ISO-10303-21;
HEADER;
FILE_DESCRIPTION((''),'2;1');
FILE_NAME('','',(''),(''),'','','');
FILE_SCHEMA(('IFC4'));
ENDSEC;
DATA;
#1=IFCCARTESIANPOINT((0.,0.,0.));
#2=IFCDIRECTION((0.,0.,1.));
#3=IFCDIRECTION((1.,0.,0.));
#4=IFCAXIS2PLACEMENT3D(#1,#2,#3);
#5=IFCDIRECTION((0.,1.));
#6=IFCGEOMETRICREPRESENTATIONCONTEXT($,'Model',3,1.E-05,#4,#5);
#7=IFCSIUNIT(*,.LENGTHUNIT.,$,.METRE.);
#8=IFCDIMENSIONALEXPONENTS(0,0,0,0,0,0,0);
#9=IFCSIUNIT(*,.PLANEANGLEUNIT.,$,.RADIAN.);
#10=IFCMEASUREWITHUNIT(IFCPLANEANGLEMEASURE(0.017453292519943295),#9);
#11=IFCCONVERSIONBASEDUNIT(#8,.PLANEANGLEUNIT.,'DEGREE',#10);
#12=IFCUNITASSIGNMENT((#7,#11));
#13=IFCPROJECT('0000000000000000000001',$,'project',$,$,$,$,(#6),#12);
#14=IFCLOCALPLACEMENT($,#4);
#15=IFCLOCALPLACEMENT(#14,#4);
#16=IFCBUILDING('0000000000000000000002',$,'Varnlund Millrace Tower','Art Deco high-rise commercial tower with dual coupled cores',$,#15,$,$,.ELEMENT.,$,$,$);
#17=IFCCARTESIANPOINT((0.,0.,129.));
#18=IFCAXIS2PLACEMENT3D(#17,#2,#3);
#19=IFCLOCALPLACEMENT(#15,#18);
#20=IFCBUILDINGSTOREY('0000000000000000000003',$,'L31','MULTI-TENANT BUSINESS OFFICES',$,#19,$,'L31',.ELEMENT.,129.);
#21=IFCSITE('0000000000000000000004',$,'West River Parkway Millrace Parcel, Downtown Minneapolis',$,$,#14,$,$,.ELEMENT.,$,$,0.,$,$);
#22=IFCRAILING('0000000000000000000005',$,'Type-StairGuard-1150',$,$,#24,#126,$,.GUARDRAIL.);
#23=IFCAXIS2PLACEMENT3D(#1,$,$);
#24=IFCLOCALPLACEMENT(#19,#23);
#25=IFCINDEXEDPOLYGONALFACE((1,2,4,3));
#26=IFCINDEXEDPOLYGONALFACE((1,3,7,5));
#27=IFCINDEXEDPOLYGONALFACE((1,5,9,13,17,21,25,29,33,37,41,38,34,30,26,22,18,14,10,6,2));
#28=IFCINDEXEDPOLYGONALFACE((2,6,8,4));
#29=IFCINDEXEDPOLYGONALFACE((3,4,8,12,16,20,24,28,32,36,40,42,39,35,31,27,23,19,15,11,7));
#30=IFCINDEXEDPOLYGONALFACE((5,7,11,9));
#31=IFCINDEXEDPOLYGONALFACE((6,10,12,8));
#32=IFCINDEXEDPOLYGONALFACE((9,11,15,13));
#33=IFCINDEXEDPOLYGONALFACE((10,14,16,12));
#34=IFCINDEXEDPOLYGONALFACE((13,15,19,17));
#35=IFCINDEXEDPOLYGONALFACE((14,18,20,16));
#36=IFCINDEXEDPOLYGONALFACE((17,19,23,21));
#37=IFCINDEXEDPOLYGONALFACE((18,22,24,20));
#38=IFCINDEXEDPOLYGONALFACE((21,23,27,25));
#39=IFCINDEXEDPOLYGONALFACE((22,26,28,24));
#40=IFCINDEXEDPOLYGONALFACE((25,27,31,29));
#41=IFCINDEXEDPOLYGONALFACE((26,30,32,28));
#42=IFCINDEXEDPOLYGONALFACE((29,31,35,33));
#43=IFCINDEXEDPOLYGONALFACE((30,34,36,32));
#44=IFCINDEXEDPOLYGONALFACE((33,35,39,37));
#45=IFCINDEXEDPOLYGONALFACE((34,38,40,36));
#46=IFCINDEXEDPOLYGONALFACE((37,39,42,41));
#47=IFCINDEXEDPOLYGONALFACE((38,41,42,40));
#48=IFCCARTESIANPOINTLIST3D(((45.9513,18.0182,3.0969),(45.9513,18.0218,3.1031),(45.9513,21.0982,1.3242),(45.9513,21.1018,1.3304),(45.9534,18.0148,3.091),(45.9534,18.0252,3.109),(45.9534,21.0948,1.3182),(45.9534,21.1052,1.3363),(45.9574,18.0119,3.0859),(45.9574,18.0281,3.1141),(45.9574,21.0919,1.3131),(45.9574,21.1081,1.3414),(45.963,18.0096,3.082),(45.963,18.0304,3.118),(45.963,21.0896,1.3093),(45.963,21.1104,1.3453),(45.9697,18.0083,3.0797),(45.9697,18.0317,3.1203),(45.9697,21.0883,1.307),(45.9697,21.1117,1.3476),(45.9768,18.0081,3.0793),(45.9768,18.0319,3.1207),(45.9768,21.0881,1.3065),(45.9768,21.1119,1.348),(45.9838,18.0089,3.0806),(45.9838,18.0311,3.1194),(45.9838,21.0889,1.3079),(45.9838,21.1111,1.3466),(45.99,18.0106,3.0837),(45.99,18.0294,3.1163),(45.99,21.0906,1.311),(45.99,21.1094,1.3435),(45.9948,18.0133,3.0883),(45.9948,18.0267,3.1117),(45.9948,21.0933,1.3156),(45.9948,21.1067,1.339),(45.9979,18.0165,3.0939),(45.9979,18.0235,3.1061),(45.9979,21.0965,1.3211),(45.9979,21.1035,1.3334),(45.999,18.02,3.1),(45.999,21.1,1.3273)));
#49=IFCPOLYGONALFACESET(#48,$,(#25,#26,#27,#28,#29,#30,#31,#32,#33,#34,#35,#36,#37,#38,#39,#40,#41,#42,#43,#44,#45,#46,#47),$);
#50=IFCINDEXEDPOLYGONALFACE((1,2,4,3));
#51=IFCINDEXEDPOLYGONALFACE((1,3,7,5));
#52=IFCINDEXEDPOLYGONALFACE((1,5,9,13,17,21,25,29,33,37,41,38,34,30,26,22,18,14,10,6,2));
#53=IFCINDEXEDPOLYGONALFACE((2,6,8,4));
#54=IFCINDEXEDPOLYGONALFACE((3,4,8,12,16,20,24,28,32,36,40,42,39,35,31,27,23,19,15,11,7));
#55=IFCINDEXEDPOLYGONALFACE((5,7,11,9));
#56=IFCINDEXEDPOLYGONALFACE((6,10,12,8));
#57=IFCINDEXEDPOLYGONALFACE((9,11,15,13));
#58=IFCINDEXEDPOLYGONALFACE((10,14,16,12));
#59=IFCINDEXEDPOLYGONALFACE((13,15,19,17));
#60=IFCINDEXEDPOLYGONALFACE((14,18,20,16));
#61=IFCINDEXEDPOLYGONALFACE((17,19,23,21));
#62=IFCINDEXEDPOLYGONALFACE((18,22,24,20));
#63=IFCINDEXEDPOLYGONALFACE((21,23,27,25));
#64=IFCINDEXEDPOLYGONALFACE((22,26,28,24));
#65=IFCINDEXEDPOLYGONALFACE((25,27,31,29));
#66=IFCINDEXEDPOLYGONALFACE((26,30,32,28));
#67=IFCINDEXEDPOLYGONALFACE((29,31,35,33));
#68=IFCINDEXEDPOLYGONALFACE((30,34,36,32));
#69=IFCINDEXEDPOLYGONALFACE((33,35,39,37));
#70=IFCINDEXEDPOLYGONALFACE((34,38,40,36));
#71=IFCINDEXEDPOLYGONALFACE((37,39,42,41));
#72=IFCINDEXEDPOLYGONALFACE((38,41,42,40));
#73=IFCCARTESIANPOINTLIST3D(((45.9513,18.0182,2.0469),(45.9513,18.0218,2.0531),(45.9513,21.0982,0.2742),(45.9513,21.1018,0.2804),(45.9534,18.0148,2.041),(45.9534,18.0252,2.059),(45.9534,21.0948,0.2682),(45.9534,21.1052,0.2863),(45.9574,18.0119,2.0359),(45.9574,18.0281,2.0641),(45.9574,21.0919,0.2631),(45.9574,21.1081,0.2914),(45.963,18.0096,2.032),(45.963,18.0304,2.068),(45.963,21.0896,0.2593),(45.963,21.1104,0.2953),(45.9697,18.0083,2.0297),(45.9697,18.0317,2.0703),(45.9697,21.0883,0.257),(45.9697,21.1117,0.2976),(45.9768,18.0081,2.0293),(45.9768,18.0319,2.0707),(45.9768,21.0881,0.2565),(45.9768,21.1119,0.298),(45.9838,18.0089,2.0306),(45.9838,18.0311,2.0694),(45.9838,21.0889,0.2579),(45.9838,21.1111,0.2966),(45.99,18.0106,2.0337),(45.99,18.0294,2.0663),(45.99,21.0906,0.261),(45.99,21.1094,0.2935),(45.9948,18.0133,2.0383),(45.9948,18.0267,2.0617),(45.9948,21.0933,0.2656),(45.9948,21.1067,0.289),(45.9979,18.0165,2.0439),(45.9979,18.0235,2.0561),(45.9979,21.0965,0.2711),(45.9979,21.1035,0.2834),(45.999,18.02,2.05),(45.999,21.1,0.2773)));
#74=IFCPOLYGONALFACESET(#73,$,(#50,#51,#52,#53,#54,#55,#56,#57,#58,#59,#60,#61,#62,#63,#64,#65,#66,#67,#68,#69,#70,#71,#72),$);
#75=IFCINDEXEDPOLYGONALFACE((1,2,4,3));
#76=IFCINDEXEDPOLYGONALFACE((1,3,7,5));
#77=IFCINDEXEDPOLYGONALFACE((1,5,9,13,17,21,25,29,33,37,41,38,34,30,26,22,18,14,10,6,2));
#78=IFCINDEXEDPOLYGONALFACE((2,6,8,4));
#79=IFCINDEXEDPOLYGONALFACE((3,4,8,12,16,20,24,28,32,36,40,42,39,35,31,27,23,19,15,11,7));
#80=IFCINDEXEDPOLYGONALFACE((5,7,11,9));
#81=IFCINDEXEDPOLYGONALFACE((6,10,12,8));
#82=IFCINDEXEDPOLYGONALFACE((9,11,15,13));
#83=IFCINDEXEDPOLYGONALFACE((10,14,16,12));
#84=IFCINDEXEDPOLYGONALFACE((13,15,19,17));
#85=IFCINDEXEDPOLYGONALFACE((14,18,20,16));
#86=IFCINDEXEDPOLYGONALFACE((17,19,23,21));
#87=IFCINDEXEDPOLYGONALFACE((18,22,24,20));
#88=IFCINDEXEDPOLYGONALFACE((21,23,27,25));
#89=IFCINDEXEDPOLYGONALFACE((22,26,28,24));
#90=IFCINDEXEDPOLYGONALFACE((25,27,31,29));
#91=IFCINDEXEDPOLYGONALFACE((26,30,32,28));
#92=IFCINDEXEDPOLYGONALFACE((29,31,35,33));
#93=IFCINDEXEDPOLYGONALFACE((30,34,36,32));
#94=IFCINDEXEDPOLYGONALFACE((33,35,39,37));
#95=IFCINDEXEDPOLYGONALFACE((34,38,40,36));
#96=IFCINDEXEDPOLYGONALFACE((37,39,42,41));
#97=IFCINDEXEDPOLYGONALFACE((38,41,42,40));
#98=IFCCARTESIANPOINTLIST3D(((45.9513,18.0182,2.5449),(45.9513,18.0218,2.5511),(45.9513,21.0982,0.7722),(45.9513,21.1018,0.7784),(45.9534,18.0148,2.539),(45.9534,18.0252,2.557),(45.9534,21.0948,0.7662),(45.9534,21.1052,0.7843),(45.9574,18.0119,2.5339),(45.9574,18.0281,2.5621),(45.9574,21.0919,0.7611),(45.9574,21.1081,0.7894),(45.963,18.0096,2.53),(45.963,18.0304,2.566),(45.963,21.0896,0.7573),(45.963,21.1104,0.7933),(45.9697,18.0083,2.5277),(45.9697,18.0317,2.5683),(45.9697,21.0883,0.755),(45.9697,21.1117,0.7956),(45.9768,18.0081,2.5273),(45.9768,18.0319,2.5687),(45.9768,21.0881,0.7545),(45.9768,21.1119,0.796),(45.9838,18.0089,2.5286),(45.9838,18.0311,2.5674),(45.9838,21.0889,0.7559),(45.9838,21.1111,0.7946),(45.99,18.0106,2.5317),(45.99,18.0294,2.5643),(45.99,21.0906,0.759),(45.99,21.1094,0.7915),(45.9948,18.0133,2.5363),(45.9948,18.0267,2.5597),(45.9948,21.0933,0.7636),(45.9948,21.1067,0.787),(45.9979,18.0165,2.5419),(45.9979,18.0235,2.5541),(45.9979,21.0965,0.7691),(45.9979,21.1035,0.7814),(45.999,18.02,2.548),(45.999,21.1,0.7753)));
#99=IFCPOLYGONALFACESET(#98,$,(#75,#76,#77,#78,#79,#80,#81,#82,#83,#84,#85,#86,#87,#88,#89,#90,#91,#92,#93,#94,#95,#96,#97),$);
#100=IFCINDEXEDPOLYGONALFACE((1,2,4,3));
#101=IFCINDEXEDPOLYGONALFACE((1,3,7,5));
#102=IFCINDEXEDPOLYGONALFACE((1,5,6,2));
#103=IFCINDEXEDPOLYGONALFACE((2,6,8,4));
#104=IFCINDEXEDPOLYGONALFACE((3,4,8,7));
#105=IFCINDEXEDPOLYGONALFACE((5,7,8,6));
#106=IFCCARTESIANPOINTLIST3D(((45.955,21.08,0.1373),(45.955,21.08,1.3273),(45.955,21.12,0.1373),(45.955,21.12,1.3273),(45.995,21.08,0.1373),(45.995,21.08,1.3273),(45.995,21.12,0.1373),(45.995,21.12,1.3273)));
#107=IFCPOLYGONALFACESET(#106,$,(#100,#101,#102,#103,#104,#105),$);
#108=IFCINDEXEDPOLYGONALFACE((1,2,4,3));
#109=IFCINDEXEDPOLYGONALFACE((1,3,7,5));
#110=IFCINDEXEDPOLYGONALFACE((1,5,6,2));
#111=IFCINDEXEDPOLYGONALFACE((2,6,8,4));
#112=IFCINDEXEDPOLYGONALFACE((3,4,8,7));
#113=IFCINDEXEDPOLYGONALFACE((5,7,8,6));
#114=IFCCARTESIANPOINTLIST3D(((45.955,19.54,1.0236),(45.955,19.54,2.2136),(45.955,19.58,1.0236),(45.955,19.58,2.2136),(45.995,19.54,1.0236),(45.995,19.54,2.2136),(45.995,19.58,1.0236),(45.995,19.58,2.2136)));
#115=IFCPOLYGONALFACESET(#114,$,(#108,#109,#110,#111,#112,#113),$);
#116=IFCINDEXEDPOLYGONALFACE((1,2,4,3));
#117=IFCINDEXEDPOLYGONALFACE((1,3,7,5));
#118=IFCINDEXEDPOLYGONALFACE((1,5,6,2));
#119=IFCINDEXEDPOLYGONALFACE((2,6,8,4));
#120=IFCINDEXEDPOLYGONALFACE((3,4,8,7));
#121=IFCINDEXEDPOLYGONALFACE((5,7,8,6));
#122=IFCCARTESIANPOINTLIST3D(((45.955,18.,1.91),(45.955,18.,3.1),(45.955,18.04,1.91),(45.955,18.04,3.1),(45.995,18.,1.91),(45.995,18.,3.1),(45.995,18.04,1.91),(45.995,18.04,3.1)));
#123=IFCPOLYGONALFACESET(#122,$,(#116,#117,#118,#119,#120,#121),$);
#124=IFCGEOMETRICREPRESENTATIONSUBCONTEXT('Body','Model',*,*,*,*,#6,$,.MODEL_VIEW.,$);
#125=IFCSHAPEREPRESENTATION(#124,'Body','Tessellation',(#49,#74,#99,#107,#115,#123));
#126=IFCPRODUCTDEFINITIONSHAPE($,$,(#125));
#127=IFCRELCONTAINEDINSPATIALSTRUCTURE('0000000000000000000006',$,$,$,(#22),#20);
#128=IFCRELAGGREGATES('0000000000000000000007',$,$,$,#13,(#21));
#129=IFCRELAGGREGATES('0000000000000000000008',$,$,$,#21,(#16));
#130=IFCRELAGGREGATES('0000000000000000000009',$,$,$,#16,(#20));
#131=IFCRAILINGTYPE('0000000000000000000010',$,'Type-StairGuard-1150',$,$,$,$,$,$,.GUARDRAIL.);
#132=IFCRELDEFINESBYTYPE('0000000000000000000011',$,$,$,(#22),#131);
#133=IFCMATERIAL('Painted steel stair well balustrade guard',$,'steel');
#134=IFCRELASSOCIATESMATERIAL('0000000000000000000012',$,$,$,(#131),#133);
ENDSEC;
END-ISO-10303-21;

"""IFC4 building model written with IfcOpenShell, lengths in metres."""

from ifc_helpers import new_model, entity, si_unit, converted_unit, direction, frame, origin_with_axes, origin_2d_with_axis, place, context, subcontext, project, spatial, rectangle, circle, extrude, material, type_object, element, save


model = new_model("IFC4")

# Units and contexts
model_context = context("Model", 3, precision=1e-05, world=origin_with_axes(), true_north=direction((0.0, 1.0)))
body_context = subcontext(model_context, "Body", "Model", "MODEL_VIEW")
ifc_project = project(units=[si_unit("LENGTHUNIT", "METRE"), converted_unit("PLANEANGLEUNIT", "DEGREE", entity("IfcPlaneAngleMeasure", 0.017453292519943295), si_unit("PLANEANGLEUNIT", "RADIAN"), dimensions=[0, 0, 0, 0, 0, 0, 0])], contexts=[model_context])

# Site, building, storey
site_placement = place(None, origin_with_axes())
site = spatial("IfcSite", under=ifc_project, at=site_placement, Name="West River Parkway Millrace Parcel, Downtown Minneapolis", CompositionType="ELEMENT", RefElevation=0.0)
building_placement = place(site_placement, origin_with_axes())
building = spatial("IfcBuilding", under=site, at=building_placement, Name="Varnlund Millrace Tower", Description="Art Deco high-rise commercial tower with dual coupled cores", CompositionType="ELEMENT")
storey_placement = place(building_placement, frame((0.0, 0.0, 129.0), z_axis=(0.0, 0.0, 1.0), x_axis=(1.0, 0.0, 0.0)))
storey = spatial("IfcBuildingStorey", under=building, at=storey_placement, Name="L31", Description="MULTI-TENANT BUSINESS OFFICES", LongName="L31", CompositionType="ELEMENT", Elevation=129.0)

# Railing
ifc_material_1 = material(Name="Painted steel stair well balustrade guard", Category="steel")
railing_type_1 = type_object("IfcRailingType", Name="Type-StairGuard-1150", PredefinedType="GUARDRAIL", material=ifc_material_1)
railing_1_placement = place(storey_placement, frame((0.0, 0.0, -129.0), z_axis=(0.0, 0.0, 1.0), x_axis=(1.0, 0.0, 0.0)))
element("IfcRailing", 1, at=railing_1_placement, inside=storey, type_object=railing_type_1, Name="Type-StairGuard-1150", PredefinedType="GUARDRAIL", context=body_context, shape_type="SweptSolid", body=[
    extrude(circle(Radius=0.024, at=origin_2d_with_axis()), frame((45.975, 21.1, 130.3273), z_axis=(0.0, -0.866696, 0.498836), x_axis=(1.0, 0.0, 0.0)), (0.0, 0.0, 1.0), 3.5537),
    extrude(circle(Radius=0.024, at=origin_2d_with_axis()), frame((45.975, 21.1, 129.2773), z_axis=(0.0, -0.866696, 0.498836), x_axis=(1.0, 0.0, 0.0)), (0.0, 0.0, 1.0), 3.5537),
    extrude(circle(Radius=0.024, at=origin_2d_with_axis()), frame((45.975, 21.1, 129.7753), z_axis=(0.0, -0.866696, 0.498836), x_axis=(1.0, 0.0, 0.0)), (0.0, 0.0, 1.0), 3.5537),
    extrude(rectangle(XDim=0.04, YDim=0.04, at=origin_2d_with_axis()), frame((45.975, 21.1, 129.1373), z_axis=(0.0, 0.0, 1.0), x_axis=(1.0, 0.0, 0.0)), (0.0, 0.0, 1.0), 1.19),
    extrude(rectangle(XDim=0.04, YDim=0.04, at=origin_2d_with_axis()), frame((45.975, 19.56, 130.0236), z_axis=(0.0, 0.0, 1.0), x_axis=(1.0, 0.0, 0.0)), (0.0, 0.0, 1.0), 1.19),
    extrude(rectangle(XDim=0.04, YDim=0.04, at=origin_2d_with_axis()), frame((45.975, 18.02, 130.91), z_axis=(0.0, 0.0, 1.0), x_axis=(1.0, 0.0, 0.0)), (0.0, 0.0, 1.0), 1.19),
])

save(model, "model.ifc")
